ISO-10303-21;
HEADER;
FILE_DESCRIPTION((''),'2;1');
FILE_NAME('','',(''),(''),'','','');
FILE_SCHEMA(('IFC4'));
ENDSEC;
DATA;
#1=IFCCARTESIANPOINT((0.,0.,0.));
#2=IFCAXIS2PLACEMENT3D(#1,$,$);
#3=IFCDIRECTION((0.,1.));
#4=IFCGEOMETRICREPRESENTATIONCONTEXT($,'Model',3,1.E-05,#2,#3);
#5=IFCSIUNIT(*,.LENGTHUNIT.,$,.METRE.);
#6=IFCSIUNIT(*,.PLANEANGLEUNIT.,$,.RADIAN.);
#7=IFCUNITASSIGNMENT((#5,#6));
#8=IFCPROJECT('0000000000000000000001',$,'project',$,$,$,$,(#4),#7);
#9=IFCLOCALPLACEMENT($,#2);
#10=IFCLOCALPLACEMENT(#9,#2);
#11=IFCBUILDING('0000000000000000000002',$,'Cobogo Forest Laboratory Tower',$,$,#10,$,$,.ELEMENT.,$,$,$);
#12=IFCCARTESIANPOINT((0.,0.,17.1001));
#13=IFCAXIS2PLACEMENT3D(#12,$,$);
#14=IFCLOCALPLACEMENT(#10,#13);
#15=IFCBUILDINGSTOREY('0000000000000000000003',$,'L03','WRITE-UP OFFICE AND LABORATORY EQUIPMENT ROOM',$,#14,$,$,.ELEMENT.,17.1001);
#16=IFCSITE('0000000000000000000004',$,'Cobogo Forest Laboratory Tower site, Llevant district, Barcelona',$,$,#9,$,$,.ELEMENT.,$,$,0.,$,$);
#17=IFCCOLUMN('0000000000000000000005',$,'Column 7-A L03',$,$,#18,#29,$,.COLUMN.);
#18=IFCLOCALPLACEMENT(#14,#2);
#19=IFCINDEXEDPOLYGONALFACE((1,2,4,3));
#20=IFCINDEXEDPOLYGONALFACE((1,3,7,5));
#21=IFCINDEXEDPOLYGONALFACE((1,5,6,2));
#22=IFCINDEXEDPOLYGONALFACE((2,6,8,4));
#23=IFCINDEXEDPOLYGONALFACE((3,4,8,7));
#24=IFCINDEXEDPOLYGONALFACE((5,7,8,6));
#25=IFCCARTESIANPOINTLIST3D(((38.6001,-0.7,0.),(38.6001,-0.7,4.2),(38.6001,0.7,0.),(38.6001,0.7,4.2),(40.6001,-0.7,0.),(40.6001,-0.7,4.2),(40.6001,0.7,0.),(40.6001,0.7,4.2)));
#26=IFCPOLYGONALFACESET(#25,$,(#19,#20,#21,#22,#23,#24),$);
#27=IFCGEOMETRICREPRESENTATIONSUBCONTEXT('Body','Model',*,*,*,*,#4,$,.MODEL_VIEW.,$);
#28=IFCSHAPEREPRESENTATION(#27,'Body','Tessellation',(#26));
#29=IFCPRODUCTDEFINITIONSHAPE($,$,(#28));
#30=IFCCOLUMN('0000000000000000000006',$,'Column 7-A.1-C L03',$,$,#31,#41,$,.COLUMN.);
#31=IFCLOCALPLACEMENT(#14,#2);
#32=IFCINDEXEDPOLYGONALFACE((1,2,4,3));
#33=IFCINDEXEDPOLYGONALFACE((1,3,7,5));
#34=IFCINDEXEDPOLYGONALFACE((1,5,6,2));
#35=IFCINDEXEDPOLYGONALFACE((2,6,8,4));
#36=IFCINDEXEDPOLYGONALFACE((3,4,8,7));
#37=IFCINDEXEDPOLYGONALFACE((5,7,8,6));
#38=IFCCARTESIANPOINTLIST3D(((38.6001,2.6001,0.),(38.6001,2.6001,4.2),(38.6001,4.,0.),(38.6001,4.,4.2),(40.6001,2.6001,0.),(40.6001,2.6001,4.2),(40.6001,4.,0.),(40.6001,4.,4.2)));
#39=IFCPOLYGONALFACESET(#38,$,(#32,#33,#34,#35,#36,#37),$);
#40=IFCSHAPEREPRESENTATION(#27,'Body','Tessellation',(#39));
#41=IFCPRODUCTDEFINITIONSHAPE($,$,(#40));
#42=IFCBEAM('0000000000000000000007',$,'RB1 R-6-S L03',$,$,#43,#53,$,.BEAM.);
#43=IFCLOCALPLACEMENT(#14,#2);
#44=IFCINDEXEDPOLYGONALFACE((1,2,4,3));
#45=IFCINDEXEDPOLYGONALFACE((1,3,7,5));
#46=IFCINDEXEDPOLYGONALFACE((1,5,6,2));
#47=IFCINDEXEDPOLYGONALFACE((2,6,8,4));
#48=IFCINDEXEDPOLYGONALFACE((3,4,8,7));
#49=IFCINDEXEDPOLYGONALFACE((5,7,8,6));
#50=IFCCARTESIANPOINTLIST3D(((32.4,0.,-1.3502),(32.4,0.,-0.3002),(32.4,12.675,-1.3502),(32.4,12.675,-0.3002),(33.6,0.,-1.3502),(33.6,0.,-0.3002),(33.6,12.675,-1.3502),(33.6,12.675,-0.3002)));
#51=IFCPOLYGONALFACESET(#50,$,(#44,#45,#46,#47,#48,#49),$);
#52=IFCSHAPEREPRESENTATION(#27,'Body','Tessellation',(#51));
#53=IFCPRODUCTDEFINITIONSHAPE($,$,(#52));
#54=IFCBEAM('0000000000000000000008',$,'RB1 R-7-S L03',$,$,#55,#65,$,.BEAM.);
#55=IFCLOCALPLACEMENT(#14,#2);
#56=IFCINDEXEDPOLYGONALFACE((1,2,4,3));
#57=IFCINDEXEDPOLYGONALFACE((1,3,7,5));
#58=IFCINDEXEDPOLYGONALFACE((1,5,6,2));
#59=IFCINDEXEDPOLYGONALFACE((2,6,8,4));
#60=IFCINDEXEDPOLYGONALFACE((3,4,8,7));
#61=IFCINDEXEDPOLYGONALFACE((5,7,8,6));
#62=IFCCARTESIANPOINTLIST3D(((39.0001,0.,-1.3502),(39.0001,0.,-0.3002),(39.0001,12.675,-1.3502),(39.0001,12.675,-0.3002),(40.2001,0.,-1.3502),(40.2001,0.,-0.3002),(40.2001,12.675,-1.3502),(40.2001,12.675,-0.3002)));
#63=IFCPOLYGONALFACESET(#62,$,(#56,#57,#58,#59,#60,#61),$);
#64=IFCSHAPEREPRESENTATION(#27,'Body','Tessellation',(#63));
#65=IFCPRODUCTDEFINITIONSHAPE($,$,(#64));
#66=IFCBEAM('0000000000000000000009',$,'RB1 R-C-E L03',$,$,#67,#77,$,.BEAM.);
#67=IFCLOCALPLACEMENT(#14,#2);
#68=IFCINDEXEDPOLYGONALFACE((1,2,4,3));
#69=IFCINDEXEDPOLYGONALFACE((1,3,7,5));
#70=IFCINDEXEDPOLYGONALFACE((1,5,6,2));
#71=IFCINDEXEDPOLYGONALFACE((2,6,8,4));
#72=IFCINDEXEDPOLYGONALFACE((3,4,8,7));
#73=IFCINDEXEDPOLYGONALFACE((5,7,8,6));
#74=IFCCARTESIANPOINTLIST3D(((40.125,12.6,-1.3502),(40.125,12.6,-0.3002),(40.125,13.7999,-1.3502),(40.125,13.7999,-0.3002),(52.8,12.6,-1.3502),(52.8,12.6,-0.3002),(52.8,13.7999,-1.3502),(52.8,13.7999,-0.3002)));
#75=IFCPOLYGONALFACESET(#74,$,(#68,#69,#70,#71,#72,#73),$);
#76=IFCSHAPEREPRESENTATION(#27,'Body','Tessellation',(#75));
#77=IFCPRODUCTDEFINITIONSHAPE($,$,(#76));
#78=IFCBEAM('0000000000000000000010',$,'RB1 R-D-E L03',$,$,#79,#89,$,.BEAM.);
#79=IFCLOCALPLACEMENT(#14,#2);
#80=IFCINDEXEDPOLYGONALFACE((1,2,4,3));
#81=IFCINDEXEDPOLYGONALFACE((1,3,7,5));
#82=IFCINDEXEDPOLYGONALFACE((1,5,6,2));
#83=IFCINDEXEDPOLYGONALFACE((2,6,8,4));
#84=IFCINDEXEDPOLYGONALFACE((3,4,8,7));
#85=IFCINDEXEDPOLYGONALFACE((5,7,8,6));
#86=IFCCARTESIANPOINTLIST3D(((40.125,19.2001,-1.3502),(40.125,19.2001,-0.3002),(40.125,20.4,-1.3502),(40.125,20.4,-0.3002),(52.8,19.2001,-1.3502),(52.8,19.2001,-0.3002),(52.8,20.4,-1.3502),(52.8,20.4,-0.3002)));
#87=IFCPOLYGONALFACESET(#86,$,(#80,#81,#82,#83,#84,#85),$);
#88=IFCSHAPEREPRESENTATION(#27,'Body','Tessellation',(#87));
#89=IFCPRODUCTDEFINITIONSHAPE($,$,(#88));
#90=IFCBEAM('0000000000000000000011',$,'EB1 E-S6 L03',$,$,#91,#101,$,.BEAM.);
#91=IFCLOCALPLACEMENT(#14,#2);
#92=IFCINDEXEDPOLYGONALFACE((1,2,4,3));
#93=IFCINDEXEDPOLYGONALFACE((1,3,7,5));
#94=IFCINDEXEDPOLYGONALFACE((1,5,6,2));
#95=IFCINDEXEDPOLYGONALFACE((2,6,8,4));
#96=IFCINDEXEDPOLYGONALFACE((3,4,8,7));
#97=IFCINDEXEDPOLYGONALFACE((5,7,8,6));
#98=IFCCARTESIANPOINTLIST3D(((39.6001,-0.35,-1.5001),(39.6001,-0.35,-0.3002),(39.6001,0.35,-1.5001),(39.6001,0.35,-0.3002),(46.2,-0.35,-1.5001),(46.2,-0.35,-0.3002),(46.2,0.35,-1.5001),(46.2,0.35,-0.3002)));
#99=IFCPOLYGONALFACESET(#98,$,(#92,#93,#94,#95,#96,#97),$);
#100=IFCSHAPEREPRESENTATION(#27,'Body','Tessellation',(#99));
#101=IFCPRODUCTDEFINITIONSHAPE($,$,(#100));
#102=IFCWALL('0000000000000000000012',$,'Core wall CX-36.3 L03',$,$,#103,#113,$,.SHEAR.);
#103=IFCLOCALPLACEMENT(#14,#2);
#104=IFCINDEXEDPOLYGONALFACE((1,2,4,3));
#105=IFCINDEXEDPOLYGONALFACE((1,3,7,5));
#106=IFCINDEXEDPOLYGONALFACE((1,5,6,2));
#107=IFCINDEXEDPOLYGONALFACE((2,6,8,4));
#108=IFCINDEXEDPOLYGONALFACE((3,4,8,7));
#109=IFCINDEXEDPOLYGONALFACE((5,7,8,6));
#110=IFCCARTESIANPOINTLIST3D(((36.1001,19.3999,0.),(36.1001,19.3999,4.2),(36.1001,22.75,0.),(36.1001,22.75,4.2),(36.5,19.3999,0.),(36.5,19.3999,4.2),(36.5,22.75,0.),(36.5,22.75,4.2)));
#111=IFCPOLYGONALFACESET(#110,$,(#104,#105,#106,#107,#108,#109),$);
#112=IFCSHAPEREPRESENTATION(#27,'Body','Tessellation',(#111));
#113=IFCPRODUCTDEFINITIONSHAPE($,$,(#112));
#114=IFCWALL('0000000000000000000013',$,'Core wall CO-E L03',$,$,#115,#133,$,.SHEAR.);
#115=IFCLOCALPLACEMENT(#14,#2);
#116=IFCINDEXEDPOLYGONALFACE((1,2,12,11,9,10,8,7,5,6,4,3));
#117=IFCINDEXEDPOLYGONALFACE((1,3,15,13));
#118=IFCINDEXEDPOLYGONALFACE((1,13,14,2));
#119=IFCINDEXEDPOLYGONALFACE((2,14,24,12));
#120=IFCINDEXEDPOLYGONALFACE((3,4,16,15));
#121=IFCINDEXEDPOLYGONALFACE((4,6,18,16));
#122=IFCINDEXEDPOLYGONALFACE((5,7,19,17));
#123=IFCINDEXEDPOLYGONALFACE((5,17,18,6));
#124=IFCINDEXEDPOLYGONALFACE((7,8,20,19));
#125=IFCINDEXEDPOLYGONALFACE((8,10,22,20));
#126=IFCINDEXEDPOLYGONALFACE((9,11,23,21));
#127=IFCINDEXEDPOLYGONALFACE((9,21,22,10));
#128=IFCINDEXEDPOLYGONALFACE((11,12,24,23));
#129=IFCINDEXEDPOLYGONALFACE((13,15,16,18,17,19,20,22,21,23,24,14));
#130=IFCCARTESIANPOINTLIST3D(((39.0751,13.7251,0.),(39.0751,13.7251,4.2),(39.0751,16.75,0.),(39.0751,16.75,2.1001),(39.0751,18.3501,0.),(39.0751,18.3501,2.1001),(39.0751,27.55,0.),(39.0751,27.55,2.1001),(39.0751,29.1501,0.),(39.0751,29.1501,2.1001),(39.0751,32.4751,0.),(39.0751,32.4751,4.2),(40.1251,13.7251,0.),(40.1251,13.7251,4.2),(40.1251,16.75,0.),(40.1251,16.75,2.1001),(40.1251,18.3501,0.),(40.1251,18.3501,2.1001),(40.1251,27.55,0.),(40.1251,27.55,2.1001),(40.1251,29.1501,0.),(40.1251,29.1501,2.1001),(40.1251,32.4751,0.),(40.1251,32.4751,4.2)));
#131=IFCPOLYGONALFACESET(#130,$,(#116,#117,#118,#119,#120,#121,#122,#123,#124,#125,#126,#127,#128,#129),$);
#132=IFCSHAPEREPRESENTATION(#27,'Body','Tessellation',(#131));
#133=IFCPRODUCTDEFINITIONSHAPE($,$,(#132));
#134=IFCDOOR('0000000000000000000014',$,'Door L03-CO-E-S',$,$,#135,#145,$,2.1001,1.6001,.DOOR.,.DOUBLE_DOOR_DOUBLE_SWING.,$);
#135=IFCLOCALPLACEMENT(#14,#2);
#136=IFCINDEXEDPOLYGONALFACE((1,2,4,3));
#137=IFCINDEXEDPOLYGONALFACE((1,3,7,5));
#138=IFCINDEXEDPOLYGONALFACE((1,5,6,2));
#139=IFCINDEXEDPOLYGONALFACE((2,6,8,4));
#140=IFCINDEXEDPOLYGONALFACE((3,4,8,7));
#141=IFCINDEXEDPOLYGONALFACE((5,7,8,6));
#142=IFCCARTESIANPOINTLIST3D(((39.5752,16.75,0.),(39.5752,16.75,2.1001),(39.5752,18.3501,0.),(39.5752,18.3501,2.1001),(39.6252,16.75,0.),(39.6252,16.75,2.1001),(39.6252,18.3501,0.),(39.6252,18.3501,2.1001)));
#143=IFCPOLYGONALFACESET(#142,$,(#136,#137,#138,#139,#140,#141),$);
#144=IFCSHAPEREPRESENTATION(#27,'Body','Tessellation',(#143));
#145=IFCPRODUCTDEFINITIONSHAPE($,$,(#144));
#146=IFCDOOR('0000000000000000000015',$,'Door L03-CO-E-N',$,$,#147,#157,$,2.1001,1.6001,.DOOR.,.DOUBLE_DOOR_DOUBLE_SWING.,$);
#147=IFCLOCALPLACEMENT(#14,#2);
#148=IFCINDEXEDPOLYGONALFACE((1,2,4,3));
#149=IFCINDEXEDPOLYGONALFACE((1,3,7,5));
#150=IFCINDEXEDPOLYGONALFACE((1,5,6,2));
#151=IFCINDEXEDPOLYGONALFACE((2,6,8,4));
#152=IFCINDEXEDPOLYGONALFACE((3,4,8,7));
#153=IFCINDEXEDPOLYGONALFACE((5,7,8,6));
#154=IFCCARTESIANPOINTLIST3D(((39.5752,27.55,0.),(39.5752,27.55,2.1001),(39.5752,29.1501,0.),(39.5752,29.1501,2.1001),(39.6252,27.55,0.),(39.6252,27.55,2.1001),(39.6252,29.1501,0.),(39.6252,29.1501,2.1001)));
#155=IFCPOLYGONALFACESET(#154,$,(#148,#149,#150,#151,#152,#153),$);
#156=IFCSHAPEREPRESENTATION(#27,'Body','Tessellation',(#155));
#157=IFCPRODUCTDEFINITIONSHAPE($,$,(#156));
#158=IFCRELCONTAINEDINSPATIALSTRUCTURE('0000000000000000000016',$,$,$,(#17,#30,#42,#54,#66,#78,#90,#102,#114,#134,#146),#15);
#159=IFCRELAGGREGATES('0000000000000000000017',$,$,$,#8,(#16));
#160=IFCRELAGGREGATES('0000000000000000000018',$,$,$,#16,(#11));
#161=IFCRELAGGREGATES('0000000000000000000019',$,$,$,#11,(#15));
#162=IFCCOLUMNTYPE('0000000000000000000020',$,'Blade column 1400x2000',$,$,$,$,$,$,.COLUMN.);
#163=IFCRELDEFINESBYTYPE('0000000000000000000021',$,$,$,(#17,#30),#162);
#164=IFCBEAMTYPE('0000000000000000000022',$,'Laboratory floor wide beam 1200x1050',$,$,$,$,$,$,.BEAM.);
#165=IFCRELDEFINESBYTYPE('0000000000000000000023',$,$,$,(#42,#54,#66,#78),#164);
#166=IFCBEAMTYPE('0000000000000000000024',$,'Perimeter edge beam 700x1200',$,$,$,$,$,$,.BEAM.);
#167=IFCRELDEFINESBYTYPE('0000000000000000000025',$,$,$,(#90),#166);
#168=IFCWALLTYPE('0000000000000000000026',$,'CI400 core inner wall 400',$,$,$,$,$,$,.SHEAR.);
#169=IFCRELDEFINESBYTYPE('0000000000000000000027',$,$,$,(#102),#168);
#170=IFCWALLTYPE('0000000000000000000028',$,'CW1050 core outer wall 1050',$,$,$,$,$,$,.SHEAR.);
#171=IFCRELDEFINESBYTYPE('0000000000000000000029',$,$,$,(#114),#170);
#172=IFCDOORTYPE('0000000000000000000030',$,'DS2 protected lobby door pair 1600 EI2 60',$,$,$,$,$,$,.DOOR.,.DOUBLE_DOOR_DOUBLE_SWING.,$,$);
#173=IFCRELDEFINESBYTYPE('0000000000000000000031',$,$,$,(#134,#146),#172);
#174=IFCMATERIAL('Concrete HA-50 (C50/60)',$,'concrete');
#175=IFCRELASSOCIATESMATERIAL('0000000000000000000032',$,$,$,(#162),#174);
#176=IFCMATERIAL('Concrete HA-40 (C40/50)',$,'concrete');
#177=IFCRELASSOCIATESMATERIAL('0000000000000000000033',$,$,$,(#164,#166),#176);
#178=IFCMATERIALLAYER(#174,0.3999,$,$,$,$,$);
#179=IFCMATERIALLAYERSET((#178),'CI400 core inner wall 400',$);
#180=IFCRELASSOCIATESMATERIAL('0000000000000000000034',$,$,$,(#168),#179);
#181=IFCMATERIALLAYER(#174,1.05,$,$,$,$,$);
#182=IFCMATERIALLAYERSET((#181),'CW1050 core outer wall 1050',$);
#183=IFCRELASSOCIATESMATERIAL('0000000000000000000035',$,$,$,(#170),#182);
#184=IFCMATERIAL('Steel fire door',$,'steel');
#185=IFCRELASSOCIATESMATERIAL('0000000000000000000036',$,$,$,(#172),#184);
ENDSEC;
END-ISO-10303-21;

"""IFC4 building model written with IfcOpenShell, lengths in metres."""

from ifc_helpers import new_model, si_unit, direction, frame, frame_2d, origin, origin_2d, place, context, subcontext, project, spatial, rectangle, extrude, material, layer, layer_set, material_profile, profile_set, type_object, element, fill, save


model = new_model("IFC4")

# Units and contexts
model_context = context("Model", 3, precision=1e-05, world=origin(), true_north=direction((0.0, 1.0)))
body_context = subcontext(model_context, "Body", "Model", "MODEL_VIEW")
ifc_project = project(units=[si_unit("LENGTHUNIT", "METRE"), si_unit("PLANEANGLEUNIT", "RADIAN")], contexts=[model_context])

# Site, building, storey
site_placement = place(None, origin())
site = spatial("IfcSite", under=ifc_project, at=site_placement, Name="Cobogo Forest Laboratory Tower site, Llevant district, Barcelona", CompositionType="ELEMENT", RefElevation=0.0)
building_placement = place(site_placement, origin())
building = spatial("IfcBuilding", under=site, at=building_placement, Name="Cobogo Forest Laboratory Tower", CompositionType="ELEMENT")
storey_placement = place(building_placement, frame((0.0, 0.0, 17.1001)))
storey = spatial("IfcBuildingStorey", under=building, at=storey_placement, Name="L03", Description="WRITE-UP OFFICE AND LABORATORY EQUIPMENT ROOM", CompositionType="ELEMENT", Elevation=17.1001)

# Columns
ifc_material_1 = material(Name="Concrete HA-50 (C50/60)", Category="concrete")
ifc_material_profile_1 = material_profile(ifc_material_1, rectangle(XDim=2.0, YDim=1.3999, at=origin_2d()), Name="RC 1400x2000")
ifc_profile_set_1 = profile_set([ifc_material_profile_1], Name="Concrete HA-50 (C50/60)")
column_type = type_object("IfcColumnType", Name="Blade column 1400x2000", PredefinedType="COLUMN", material=ifc_profile_set_1)
for number, where, z_axis, x_axis, name in (
    (1, (39.6001, 0.0, 0.0), (0.0, 0.0, 1.0), (1.0, 0.0, 0.0), "Column 7-A L03"),
    (2, (39.6001, 3.3, 0.0), (0.0, 0.0, 1.0), (1.0, 0.0, 0.0), "Column 7-A.1-C L03"),
):
    element("IfcColumn", number, at=place(storey_placement, frame(where, z_axis=z_axis, x_axis=x_axis)), inside=storey, type_object=column_type, Name=name, PredefinedType="COLUMN", context=body_context, shape_type="SweptSolid", body=[
        extrude(rectangle(XDim=2.0, YDim=1.3999, at=origin_2d()), origin(), (0.0, 0.0, 1.0), 4.2),
    ])

# Beams
ifc_material_2 = material(Name="Concrete HA-40 (C40/50)", Category="concrete")
ifc_material_profile_2 = material_profile(ifc_material_2, rectangle(XDim=1.2, YDim=1.05, at=origin_2d()), Name="RC 1200x1050")
ifc_profile_set_2 = profile_set([ifc_material_profile_2], Name="Concrete HA-40 (C40/50)")
beam_type_1 = type_object("IfcBeamType", Name="Laboratory floor wide beam 1200x1050", PredefinedType="BEAM", material=ifc_profile_set_2)
for number, where, z_axis, x_axis, name in (
    (3, (33.0, 12.675, -0.8252), (0.0, -1.0, 0.0), (1.0, 0.0, 0.0), "RB1 R-6-S L03"),
    (4, (39.6001, 12.675, -0.8252), (0.0, -1.0, 0.0), (1.0, 0.0, 0.0), "RB1 R-7-S L03"),
    (5, (40.125, 13.2, -0.8252), (1.0, 0.0, 0.0), (0.0, 1.0, 0.0), "RB1 R-C-E L03"),
    (6, (40.125, 19.8, -0.8252), (1.0, 0.0, 0.0), (0.0, 1.0, 0.0), "RB1 R-D-E L03"),
):
    element("IfcBeam", number, at=place(storey_placement, frame(where, z_axis=z_axis, x_axis=x_axis)), inside=storey, type_object=beam_type_1, Name=name, PredefinedType="BEAM", context=body_context, shape_type="SweptSolid", body=[
        extrude(rectangle(XDim=1.2, YDim=1.05, at=origin_2d()), origin(), (0.0, 0.0, 1.0), 12.675),
    ])
ifc_material_profile_3 = material_profile(ifc_material_2, rectangle(XDim=0.7, YDim=1.2, at=origin_2d()), Name="RC 700x1200")
ifc_profile_set_3 = profile_set([ifc_material_profile_3], Name="Concrete HA-40 (C40/50)")
beam_type_2 = type_object("IfcBeamType", Name="Perimeter edge beam 700x1200", PredefinedType="BEAM", material=ifc_profile_set_3)
beam_placement = place(storey_placement, frame((39.6001, 0.0, -0.9001), z_axis=(1.0, 0.0, 0.0), x_axis=(0.0, 1.0, 0.0)))
element("IfcBeam", 7, at=beam_placement, inside=storey, type_object=beam_type_2, Name="EB1 E-S6 L03", PredefinedType="BEAM", context=body_context, shape_type="SweptSolid", body=[
    extrude(rectangle(XDim=0.7, YDim=1.2, at=origin_2d()), origin(), (0.0, 0.0, 1.0), 6.5999),
])

# Wall
ifc_layer_1 = layer(ifc_material_1, 0.3999)
ifc_layer_set_1 = layer_set([ifc_layer_1], Name="CI400 core inner wall 400")
wall_type_1 = type_object("IfcWallType", Name="CI400 core inner wall 400", PredefinedType="SHEAR", material=ifc_layer_set_1)
wall_1_placement = place(storey_placement, frame((36.3, 19.3999, 0.0), z_axis=(0.0, 0.0, 1.0), x_axis=(0.0, 1.0, 0.0)))
element("IfcWall", 8, at=wall_1_placement, inside=storey, type_object=wall_type_1, Name="Core wall CX-36.3 L03", PredefinedType="SHEAR", context=body_context, shape_type="SweptSolid", body=[
    extrude(rectangle(XDim=3.3501, YDim=0.3999, at=frame_2d((1.675, 0.0))), origin(), (0.0, 0.0, 1.0), 4.2),
])

# Wall, openings, doors
ifc_layer_2 = layer(ifc_material_1, 1.05)
ifc_layer_set_2 = layer_set([ifc_layer_2], Name="CW1050 core outer wall 1050")
wall_type_2 = type_object("IfcWallType", Name="CW1050 core outer wall 1050", PredefinedType="SHEAR", material=ifc_layer_set_2)
wall_2_placement = place(storey_placement, frame((39.6001, 13.7251, 0.0), z_axis=(0.0, 0.0, 1.0), x_axis=(0.0, 1.0, 0.0)))
wall_2 = element("IfcWall", 9, at=wall_2_placement, inside=storey, type_object=wall_type_2, Name="Core wall CO-E L03", PredefinedType="SHEAR", context=body_context, shape_type="SweptSolid", body=[
    extrude(rectangle(XDim=18.75, YDim=1.05, at=frame_2d((9.375, 0.0))), origin(), (0.0, 0.0, 1.0), 4.2),
])
opening_1_placement = place(wall_2_placement, frame((3.0249, 0.0, 0.0)))
opening_1 = element("IfcOpeningElement", 10, at=opening_1_placement, cuts=wall_2, PredefinedType="OPENING", context=body_context, shape_type="SweptSolid", body=[
    extrude(rectangle(XDim=1.6001, YDim=2.1001, at=frame_2d((0.8, 1.05))), frame((0.0, 0.5349, 0.0), z_axis=(0.0, -1.0, 0.0), x_axis=(1.0, 0.0, 0.0)), (0.0, 0.0, 1.0), 1.0701),
])
opening_2_placement = place(wall_2_placement, frame((13.825, 0.0, 0.0)))
opening_2 = element("IfcOpeningElement", 11, at=opening_2_placement, cuts=wall_2, PredefinedType="OPENING", context=body_context, shape_type="SweptSolid", body=[
    extrude(rectangle(XDim=1.6001, YDim=2.1001, at=frame_2d((0.8, 1.05))), frame((0.0, 0.5349, 0.0), z_axis=(0.0, -1.0, 0.0), x_axis=(1.0, 0.0, 0.0)), (0.0, 0.0, 1.0), 1.0701),
])
ifc_material_3 = material(Name="Steel fire door", Category="steel")
door_type_1 = type_object("IfcDoorType", Name="DS2 protected lobby door pair 1600 EI2 60", OperationType="DOUBLE_DOOR_DOUBLE_SWING", PredefinedType="DOOR", material=ifc_material_3)
door_1_placement = place(opening_1_placement, origin())
door_1 = element("IfcDoor", 12, at=door_1_placement, inside=storey, type_object=door_type_1, Name="Door L03-CO-E-S", OperationType="DOUBLE_DOOR_DOUBLE_SWING", OverallHeight=2.1001, OverallWidth=1.6001, PredefinedType="DOOR", context=body_context, shape_type="SweptSolid", body=[
    extrude(rectangle(XDim=1.6001, YDim=2.1001, at=frame_2d((0.8, 1.05))), frame((0.0, 0.0249, 0.0), z_axis=(0.0, -1.0, 0.0), x_axis=(1.0, 0.0, 0.0)), (0.0, 0.0, 1.0), 0.05),
])
fill(opening_1, door_1)
door_2_placement = place(opening_2_placement, origin())
door_2 = element("IfcDoor", 13, at=door_2_placement, inside=storey, type_object=door_type_1, Name="Door L03-CO-E-N", OperationType="DOUBLE_DOOR_DOUBLE_SWING", OverallHeight=2.1001, OverallWidth=1.6001, PredefinedType="DOOR", context=body_context, shape_type="SweptSolid", body=[
    extrude(rectangle(XDim=1.6001, YDim=2.1001, at=frame_2d((0.8, 1.05))), frame((0.0, 0.0249, 0.0), z_axis=(0.0, -1.0, 0.0), x_axis=(1.0, 0.0, 0.0)), (0.0, 0.0, 1.0), 0.05),
])
fill(opening_2, door_2)

save(model, "model.ifc")
